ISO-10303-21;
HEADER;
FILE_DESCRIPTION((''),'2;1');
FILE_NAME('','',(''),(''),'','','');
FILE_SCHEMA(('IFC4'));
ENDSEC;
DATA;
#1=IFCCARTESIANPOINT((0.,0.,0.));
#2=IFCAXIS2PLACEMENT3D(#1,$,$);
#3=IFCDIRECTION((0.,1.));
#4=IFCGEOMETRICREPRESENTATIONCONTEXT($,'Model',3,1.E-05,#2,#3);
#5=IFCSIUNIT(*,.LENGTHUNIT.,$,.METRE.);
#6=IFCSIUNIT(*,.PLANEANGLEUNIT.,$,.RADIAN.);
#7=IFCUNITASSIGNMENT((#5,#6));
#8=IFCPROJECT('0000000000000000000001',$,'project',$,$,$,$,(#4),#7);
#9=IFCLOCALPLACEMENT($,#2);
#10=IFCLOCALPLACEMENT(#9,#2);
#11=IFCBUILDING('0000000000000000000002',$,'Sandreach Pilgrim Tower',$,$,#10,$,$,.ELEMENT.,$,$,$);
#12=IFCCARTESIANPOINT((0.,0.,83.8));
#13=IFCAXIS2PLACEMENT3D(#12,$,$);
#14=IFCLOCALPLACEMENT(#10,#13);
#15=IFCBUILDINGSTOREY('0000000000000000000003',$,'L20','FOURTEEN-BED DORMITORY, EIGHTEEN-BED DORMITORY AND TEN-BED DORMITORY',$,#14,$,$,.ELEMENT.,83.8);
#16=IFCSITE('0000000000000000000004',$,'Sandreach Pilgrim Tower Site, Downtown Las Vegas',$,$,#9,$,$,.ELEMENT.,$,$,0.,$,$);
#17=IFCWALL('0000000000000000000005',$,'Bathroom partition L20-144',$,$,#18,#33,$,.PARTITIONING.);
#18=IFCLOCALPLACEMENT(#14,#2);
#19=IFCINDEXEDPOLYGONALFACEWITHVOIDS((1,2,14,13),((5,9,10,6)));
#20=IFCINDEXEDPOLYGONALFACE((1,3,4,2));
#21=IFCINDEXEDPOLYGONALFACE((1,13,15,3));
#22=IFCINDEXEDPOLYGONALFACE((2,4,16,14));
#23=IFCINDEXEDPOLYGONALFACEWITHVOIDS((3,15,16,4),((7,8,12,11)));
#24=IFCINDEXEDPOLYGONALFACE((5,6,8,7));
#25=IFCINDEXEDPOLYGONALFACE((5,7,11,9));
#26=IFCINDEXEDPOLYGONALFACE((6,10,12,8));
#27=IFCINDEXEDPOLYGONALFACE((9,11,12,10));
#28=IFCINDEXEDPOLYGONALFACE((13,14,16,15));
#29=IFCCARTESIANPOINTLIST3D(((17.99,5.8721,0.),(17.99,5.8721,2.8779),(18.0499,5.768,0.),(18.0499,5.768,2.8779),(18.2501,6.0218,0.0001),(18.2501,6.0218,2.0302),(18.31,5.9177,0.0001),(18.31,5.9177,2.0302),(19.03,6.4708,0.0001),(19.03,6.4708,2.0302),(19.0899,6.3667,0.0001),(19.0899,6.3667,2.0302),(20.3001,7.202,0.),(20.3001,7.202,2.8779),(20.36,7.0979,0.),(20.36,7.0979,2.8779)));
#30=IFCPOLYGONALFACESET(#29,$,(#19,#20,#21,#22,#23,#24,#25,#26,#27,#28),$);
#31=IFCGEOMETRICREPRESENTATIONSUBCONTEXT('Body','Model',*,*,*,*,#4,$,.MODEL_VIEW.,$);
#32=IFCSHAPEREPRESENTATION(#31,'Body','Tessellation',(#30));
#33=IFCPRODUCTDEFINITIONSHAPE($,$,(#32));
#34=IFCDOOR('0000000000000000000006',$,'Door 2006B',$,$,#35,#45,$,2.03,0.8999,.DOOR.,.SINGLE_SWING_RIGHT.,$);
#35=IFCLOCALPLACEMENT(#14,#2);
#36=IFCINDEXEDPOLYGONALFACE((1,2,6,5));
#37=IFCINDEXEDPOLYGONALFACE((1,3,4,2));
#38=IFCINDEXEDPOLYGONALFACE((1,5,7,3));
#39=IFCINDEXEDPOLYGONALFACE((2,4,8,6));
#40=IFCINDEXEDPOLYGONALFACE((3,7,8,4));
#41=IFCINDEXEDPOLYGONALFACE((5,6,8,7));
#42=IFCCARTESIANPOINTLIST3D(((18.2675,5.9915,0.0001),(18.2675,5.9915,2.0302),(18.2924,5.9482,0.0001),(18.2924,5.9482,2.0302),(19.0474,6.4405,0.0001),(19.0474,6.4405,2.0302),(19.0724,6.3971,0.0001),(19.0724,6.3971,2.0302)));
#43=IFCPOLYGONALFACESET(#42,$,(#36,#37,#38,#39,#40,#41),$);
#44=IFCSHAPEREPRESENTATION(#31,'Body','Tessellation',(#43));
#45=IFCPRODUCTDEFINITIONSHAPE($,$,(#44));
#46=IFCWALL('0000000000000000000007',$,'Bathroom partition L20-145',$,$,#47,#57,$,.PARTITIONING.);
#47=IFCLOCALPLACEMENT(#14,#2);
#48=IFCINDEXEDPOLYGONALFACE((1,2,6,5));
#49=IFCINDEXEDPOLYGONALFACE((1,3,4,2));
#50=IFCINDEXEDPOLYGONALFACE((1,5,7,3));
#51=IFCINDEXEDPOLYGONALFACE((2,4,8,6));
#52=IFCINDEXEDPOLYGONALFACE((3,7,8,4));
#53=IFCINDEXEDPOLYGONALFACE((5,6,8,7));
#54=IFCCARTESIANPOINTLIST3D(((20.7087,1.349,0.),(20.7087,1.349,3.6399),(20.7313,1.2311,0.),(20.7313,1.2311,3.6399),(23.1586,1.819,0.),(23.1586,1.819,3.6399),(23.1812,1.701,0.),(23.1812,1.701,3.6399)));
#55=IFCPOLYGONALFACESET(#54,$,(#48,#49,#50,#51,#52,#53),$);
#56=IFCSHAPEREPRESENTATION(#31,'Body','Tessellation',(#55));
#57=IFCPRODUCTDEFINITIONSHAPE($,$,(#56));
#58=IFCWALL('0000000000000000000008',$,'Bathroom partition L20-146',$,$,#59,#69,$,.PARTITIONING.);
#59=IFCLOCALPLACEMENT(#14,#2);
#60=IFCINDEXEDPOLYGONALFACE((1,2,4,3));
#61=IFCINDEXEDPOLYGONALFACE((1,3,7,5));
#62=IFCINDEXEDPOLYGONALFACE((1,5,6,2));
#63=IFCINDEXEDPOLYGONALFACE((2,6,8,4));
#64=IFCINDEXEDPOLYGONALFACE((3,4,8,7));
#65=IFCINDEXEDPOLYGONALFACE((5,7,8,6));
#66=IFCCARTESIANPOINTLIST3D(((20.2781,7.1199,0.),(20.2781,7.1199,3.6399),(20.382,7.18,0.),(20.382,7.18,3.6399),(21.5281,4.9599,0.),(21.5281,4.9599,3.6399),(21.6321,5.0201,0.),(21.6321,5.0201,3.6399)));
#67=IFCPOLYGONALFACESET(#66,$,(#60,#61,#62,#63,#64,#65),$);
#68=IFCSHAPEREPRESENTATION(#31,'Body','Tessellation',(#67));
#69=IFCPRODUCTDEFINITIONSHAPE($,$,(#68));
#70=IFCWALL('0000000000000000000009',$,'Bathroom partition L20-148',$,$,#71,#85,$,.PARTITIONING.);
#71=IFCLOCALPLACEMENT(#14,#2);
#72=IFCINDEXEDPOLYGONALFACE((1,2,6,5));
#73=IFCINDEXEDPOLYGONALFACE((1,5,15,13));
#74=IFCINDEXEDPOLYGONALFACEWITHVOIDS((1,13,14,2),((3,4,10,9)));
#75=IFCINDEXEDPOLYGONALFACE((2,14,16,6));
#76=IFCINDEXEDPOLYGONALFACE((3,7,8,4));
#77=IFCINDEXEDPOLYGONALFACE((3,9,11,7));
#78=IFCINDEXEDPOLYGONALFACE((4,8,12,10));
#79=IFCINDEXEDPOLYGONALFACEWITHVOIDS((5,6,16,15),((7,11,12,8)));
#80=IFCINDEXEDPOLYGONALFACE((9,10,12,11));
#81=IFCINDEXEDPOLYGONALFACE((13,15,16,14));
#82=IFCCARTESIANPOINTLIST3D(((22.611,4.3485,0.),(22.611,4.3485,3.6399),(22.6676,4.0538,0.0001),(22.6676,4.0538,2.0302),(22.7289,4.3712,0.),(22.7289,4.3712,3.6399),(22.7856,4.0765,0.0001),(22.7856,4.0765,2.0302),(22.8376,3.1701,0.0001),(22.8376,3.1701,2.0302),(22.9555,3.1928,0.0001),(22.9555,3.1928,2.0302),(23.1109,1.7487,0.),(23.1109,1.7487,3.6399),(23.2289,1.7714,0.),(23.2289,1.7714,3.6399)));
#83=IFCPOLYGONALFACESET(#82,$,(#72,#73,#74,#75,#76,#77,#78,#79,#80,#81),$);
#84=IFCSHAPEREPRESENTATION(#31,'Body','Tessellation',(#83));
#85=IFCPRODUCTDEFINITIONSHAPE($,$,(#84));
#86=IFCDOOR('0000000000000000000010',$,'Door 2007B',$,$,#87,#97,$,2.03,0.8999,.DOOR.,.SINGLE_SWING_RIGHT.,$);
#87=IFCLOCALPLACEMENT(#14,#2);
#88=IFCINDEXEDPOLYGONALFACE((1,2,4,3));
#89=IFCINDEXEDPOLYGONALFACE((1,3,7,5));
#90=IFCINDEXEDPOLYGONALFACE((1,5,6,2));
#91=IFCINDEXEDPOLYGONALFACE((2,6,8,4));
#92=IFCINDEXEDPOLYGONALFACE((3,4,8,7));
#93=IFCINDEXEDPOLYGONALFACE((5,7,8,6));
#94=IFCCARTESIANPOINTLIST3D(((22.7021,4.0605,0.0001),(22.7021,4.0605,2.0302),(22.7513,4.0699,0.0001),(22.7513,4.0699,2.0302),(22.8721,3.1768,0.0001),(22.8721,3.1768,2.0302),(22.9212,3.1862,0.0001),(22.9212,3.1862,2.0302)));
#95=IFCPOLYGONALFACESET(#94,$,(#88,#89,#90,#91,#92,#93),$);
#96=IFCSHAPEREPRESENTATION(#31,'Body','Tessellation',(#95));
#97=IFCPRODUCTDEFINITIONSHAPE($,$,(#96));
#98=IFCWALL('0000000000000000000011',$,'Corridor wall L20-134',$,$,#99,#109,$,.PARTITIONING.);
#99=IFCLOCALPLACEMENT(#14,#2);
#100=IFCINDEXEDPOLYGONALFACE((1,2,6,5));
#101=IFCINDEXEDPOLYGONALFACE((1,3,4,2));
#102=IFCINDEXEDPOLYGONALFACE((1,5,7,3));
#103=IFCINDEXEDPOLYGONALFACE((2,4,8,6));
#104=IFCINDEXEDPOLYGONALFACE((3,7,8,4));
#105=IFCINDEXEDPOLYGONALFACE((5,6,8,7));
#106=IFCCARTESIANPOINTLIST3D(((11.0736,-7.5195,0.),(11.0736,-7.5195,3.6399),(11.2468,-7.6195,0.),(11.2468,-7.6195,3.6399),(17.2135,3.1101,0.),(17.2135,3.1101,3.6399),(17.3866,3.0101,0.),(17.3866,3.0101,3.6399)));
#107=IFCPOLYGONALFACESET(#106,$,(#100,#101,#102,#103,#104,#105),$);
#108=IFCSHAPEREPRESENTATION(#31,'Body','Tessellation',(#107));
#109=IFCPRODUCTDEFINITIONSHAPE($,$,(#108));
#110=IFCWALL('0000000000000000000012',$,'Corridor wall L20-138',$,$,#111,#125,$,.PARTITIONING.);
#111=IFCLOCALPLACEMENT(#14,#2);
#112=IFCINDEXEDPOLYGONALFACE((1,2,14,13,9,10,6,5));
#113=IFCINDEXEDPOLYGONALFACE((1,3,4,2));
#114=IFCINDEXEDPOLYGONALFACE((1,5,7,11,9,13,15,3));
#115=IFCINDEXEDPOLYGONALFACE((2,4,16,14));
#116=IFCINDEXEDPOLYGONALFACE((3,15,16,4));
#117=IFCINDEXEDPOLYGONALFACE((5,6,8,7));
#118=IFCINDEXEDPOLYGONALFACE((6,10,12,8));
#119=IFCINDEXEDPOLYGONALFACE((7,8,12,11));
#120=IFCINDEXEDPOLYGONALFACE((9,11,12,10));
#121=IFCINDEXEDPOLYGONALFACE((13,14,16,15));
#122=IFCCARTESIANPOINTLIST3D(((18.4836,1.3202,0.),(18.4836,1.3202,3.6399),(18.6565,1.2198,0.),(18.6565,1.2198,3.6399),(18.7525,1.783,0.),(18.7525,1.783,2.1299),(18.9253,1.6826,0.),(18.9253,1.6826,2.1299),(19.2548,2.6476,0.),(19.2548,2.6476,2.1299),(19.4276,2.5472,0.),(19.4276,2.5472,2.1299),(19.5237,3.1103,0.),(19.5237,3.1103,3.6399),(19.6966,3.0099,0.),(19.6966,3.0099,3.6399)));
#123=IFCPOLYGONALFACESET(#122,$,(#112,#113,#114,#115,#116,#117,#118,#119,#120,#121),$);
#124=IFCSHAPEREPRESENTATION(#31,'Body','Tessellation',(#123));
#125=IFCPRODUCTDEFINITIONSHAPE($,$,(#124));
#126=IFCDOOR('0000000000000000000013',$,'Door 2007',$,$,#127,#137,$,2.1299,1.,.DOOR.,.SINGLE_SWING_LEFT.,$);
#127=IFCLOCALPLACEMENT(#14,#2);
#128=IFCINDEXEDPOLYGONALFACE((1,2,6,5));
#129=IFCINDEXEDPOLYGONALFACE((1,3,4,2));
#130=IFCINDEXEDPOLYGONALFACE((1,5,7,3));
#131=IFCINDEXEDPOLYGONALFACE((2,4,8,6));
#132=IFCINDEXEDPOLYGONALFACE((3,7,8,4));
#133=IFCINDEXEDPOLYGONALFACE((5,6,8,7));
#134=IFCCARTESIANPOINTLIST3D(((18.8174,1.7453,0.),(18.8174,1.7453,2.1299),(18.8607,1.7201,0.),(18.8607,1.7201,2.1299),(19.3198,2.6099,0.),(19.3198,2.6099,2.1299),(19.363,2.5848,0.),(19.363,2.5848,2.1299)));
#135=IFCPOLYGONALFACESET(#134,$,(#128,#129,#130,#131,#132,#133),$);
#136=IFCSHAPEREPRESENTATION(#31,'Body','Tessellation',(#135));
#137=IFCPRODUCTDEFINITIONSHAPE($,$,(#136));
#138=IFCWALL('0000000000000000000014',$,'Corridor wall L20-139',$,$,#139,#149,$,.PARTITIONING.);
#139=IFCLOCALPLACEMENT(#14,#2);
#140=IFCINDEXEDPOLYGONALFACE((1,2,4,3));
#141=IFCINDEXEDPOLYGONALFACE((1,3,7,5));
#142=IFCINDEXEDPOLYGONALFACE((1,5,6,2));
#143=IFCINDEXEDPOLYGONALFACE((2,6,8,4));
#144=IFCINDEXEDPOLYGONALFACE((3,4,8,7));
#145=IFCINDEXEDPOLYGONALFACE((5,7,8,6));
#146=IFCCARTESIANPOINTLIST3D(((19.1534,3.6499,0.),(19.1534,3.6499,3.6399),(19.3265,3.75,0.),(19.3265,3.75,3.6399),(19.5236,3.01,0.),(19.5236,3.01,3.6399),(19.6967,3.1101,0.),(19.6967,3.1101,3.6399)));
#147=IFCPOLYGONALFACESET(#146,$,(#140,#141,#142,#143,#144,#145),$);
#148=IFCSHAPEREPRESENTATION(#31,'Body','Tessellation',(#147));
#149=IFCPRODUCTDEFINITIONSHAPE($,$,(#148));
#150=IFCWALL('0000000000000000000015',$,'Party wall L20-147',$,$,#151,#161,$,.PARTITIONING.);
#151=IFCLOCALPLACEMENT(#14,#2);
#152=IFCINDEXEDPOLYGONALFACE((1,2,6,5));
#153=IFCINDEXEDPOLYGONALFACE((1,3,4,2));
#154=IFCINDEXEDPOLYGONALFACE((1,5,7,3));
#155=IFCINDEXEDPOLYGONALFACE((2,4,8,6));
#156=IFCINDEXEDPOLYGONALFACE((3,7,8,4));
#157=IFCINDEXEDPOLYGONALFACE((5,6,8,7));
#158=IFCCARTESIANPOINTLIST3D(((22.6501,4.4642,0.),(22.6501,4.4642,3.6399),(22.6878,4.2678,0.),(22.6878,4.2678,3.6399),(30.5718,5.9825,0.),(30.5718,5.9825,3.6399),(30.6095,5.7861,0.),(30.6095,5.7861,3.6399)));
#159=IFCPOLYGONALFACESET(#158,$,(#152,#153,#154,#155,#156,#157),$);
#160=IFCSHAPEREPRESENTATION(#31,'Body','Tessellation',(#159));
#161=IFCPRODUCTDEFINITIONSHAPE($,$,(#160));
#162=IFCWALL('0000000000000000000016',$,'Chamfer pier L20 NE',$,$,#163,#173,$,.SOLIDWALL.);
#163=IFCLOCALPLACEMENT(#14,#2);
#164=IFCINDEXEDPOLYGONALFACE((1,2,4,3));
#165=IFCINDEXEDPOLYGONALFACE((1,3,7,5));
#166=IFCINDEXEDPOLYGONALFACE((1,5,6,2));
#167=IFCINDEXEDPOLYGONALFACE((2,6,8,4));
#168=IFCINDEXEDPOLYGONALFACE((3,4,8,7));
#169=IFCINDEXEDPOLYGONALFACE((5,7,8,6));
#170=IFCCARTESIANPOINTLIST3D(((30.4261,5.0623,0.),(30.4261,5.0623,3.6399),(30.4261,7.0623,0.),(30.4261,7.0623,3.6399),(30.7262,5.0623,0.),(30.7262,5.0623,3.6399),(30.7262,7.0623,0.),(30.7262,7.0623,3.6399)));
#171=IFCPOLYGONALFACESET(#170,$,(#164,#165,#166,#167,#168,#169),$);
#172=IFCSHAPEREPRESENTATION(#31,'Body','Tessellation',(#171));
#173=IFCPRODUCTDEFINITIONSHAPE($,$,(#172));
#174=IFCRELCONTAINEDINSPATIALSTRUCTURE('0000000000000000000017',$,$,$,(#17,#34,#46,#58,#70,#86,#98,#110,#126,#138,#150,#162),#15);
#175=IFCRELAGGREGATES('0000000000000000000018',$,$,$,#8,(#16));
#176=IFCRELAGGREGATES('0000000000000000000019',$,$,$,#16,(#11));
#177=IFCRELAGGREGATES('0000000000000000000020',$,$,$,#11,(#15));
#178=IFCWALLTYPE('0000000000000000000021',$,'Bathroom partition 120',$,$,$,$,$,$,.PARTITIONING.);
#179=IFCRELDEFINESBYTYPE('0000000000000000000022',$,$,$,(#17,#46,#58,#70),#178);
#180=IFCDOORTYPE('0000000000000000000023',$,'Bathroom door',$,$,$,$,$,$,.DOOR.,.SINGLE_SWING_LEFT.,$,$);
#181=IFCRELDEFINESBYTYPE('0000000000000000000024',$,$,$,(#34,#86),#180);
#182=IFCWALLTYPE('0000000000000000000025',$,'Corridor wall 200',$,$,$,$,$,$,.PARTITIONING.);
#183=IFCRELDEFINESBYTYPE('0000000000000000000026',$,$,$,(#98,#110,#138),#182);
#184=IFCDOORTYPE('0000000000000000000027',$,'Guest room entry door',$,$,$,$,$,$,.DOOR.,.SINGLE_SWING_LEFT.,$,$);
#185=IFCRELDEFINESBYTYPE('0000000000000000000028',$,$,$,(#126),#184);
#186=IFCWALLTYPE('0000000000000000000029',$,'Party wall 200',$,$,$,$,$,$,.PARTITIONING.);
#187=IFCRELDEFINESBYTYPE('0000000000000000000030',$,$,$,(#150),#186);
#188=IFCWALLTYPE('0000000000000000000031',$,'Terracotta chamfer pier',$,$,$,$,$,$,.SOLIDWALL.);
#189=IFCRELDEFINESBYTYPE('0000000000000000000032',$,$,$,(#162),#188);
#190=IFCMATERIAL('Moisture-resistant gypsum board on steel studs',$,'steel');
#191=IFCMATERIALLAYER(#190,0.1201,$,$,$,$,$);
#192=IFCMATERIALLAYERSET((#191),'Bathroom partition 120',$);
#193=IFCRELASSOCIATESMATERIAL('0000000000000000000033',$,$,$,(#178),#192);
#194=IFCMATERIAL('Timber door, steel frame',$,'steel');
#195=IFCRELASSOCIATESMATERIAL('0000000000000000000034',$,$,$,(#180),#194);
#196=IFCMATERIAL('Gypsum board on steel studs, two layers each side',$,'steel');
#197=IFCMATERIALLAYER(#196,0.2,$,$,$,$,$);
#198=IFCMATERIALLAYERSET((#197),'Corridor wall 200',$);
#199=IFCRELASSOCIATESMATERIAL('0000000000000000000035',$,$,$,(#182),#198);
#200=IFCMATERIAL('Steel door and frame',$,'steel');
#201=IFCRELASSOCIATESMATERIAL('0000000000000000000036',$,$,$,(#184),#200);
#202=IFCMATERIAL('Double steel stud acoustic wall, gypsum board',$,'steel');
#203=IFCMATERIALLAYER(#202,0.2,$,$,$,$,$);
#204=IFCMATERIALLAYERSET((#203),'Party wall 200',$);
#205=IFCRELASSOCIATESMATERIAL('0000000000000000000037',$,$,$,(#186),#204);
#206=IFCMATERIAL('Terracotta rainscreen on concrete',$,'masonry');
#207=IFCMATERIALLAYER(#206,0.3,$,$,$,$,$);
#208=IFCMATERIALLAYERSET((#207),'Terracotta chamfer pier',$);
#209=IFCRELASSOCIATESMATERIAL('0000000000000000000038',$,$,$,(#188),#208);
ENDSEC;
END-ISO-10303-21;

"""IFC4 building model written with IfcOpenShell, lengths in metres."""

from ifc_helpers import new_model, si_unit, direction, frame, frame_2d, origin, place, context, subcontext, project, spatial, rectangle, extrude, material, layer, layer_set, type_object, element, fill, save


model = new_model("IFC4")

# Units and contexts
model_context = context("Model", 3, precision=1e-05, world=origin(), true_north=direction((0.0, 1.0)))
body_context = subcontext(model_context, "Body", "Model", "MODEL_VIEW")
ifc_project = project(units=[si_unit("LENGTHUNIT", "METRE"), si_unit("PLANEANGLEUNIT", "RADIAN")], contexts=[model_context])

# Site, building, storey
site_placement = place(None, origin())
site = spatial("IfcSite", under=ifc_project, at=site_placement, Name="Sandreach Pilgrim Tower Site, Downtown Las Vegas", CompositionType="ELEMENT", RefElevation=0.0)
building_placement = place(site_placement, origin())
building = spatial("IfcBuilding", under=site, at=building_placement, Name="Sandreach Pilgrim Tower", CompositionType="ELEMENT")
storey_placement = place(building_placement, frame((0.0, 0.0, 83.8)))
storey = spatial("IfcBuildingStorey", under=building, at=storey_placement, Name="L20", Description="FOURTEEN-BED DORMITORY, EIGHTEEN-BED DORMITORY AND TEN-BED DORMITORY", CompositionType="ELEMENT", Elevation=83.8)

# Shared definitions
ifc_material_1 = material(Name="Moisture-resistant gypsum board on steel studs", Category="steel")
ifc_layer_1 = layer(ifc_material_1, 0.1201)
ifc_layer_set_1 = layer_set([ifc_layer_1], Name="Bathroom partition 120")
wall_type_1 = type_object("IfcWallType", Name="Bathroom partition 120", PredefinedType="PARTITIONING", material=ifc_layer_set_1)

# Wall, opening, door
wall_1_placement = place(storey_placement, frame((20.3301, 7.1499, 0.0), z_axis=(0.0, 0.0, 1.0), x_axis=(-0.866655, -0.498908, 0.0)))
wall_1 = element("IfcWall", 1, at=wall_1_placement, inside=storey, type_object=wall_type_1, Name="Bathroom partition L20-144", PredefinedType="PARTITIONING", context=body_context, shape_type="SweptSolid", body=[
    extrude(rectangle(XDim=2.6655, YDim=0.1201, at=frame_2d((1.3328, 0.0))), origin(), (0.0, 0.0, 1.0), 2.8779),
])
opening_1_placement = place(wall_1_placement, frame((1.4656, 0.0, 0.0)))
opening_1 = element("IfcOpeningElement", 2, at=opening_1_placement, cuts=wall_1, PredefinedType="OPENING", context=body_context, shape_type="SweptSolid", body=[
    extrude(rectangle(XDim=0.8999, YDim=2.03, at=frame_2d((0.45, 1.0151))), frame((0.0, 0.0601, 0.0), z_axis=(0.0, -1.0, 0.0), x_axis=(1.0, 0.0, 0.0)), (0.0, 0.0, 1.0), 0.1201),
])
ifc_material_2 = material(Name="Timber door, steel frame", Category="steel")
door_type_1 = type_object("IfcDoorType", Name="Bathroom door", OperationType="SINGLE_SWING_LEFT", PredefinedType="DOOR", material=ifc_material_2)
door_1_placement = place(opening_1_placement, origin())
door_1 = element("IfcDoor", 3, at=door_1_placement, inside=storey, type_object=door_type_1, Name="Door 2006B", OperationType="SINGLE_SWING_RIGHT", OverallHeight=2.03, OverallWidth=0.8999, PredefinedType="DOOR", context=body_context, shape_type="SweptSolid", body=[
    extrude(rectangle(XDim=0.8999, YDim=2.03, at=frame_2d((0.45, 1.0151))), frame((0.0, 0.0249, 0.0), z_axis=(0.0, -1.0, 0.0), x_axis=(1.0, 0.0, 0.0)), (0.0, 0.0, 1.0), 0.05),
])
fill(opening_1, door_1)

# Walls
wall_2_placement = place(storey_placement, frame((20.72, 1.29, 0.0), z_axis=(0.0, 0.0, 1.0), x_axis=(0.982094, 0.188394, 0.0)))
element("IfcWall", 4, at=wall_2_placement, inside=storey, type_object=wall_type_1, Name="Bathroom partition L20-145", PredefinedType="PARTITIONING", context=body_context, shape_type="SweptSolid", body=[
    extrude(rectangle(XDim=2.4946, YDim=0.1201, at=frame_2d((1.2473, 0.0))), origin(), (0.0, 0.0, 1.0), 3.6399),
])
wall_3_placement = place(storey_placement, frame((21.5801, 4.99, 0.0), z_axis=(0.0, 0.0, 1.0), x_axis=(-0.500894, 0.865509, 0.0)))
element("IfcWall", 5, at=wall_3_placement, inside=storey, type_object=wall_type_1, Name="Bathroom partition L20-146", PredefinedType="PARTITIONING", context=body_context, shape_type="SweptSolid", body=[
    extrude(rectangle(XDim=2.4956, YDim=0.1201, at=frame_2d((1.2478, 0.0))), origin(), (0.0, 0.0, 1.0), 3.6399),
])

# Wall, opening, door
wall_4_placement = place(storey_placement, frame((23.1699, 1.76, 0.0), z_axis=(0.0, 0.0, 1.0), x_axis=(-0.188858, 0.982004, 0.0)))
wall_4 = element("IfcWall", 6, at=wall_4_placement, inside=storey, type_object=wall_type_1, Name="Bathroom partition L20-148", PredefinedType="PARTITIONING", context=body_context, shape_type="SweptSolid", body=[
    extrude(rectangle(XDim=2.6475, YDim=0.1201, at=frame_2d((1.3237, 0.0))), origin(), (0.0, 0.0, 1.0), 3.6399),
])
opening_2_placement = place(wall_4_placement, frame((1.4475, 0.0, 0.0)))
opening_2 = element("IfcOpeningElement", 7, at=opening_2_placement, cuts=wall_4, PredefinedType="OPENING", context=body_context, shape_type="SweptSolid", body=[
    extrude(rectangle(XDim=0.8999, YDim=2.03, at=frame_2d((0.45, 1.0151))), frame((0.0, 0.0601, 0.0), z_axis=(0.0, -1.0, 0.0), x_axis=(1.0, 0.0, 0.0)), (0.0, 0.0, 1.0), 0.1201),
])
door_2_placement = place(opening_2_placement, origin())
door_2 = element("IfcDoor", 8, at=door_2_placement, inside=storey, type_object=door_type_1, Name="Door 2007B", OperationType="SINGLE_SWING_RIGHT", OverallHeight=2.03, OverallWidth=0.8999, PredefinedType="DOOR", context=body_context, shape_type="SweptSolid", body=[
    extrude(rectangle(XDim=0.8999, YDim=2.03, at=frame_2d((0.45, 1.0151))), frame((0.0, 0.0249, 0.0), z_axis=(0.0, -1.0, 0.0), x_axis=(1.0, 0.0, 0.0)), (0.0, 0.0, 1.0), 0.05),
])
fill(opening_2, door_2)
ifc_material_3 = material(Name="Gypsum board on steel studs, two layers each side", Category="steel")
ifc_layer_2 = layer(ifc_material_3, 0.2)
ifc_layer_set_2 = layer_set([ifc_layer_2], Name="Corridor wall 200")
wall_type_2 = type_object("IfcWallType", Name="Corridor wall 200", PredefinedType="PARTITIONING", material=ifc_layer_set_2)
ifc_material_4 = material(Name="Steel door and frame", Category="steel")
door_type_2 = type_object("IfcDoorType", Name="Guest room entry door", OperationType="SINGLE_SWING_LEFT", PredefinedType="DOOR", material=ifc_material_4)

# Wall
wall_5_placement = place(storey_placement, frame((17.3, 3.0601, 0.0), z_axis=(0.0, 0.0, 1.0), x_axis=(-0.500175, -0.865924, 0.0)))
element("IfcWall", 9, at=wall_5_placement, inside=storey, type_object=wall_type_2, Name="Corridor wall L20-134", PredefinedType="PARTITIONING", context=body_context, shape_type="SweptSolid", body=[
    extrude(rectangle(XDim=12.2754, YDim=0.2, at=frame_2d((6.1377, 0.0))), origin(), (0.0, 0.0, 1.0), 3.6399),
])

# Wall, opening, door
wall_6_placement = place(storey_placement, frame((18.5701, 1.27, 0.0), z_axis=(0.0, 0.0, 1.0), x_axis=(0.502374, 0.86465, 0.0)))
wall_6 = element("IfcWall", 10, at=wall_6_placement, inside=storey, type_object=wall_type_2, Name="Corridor wall L20-138", PredefinedType="PARTITIONING", context=body_context, shape_type="SweptSolid", body=[
    extrude(rectangle(XDim=2.0703, YDim=0.2, at=frame_2d((1.0352, 0.0))), origin(), (0.0, 0.0, 1.0), 3.6399),
])
opening_3_placement = place(wall_6_placement, frame((0.5352, 0.0, 0.0)))
opening_3 = element("IfcOpeningElement", 11, at=opening_3_placement, cuts=wall_6, PredefinedType="OPENING", context=body_context, shape_type="SweptSolid", body=[
    extrude(rectangle(XDim=1.0, YDim=2.1299, at=frame_2d((0.5, 1.0649))), frame((0.0, 0.1001, 0.0), z_axis=(0.0, -1.0, 0.0), x_axis=(1.0, 0.0, 0.0)), (0.0, 0.0, 1.0), 0.2),
])
door_3_placement = place(opening_3_placement, origin())
door_3 = element("IfcDoor", 12, at=door_3_placement, inside=storey, type_object=door_type_2, Name="Door 2007", OperationType="SINGLE_SWING_LEFT", OverallHeight=2.1299, OverallWidth=1.0, PredefinedType="DOOR", context=body_context, shape_type="SweptSolid", body=[
    extrude(rectangle(XDim=1.0, YDim=2.1299, at=frame_2d((0.5, 1.0649))), frame((0.0, 0.0249, 0.0), z_axis=(0.0, -1.0, 0.0), x_axis=(1.0, 0.0, 0.0)), (0.0, 0.0, 1.0), 0.05),
])
fill(opening_3, door_3)

# Walls
wall_7_placement = place(storey_placement, frame((19.24, 3.7, 0.0), z_axis=(0.0, 0.0, 1.0), x_axis=(0.500685, -0.86563, 0.0)))
element("IfcWall", 13, at=wall_7_placement, inside=storey, type_object=wall_type_2, Name="Corridor wall L20-139", PredefinedType="PARTITIONING", context=body_context, shape_type="SweptSolid", body=[
    extrude(rectangle(XDim=0.7393, YDim=0.2, at=frame_2d((0.3696, 0.0))), origin(), (0.0, 0.0, 1.0), 3.6399),
])
ifc_material_5 = material(Name="Double steel stud acoustic wall, gypsum board", Category="steel")
ifc_layer_3 = layer(ifc_material_5, 0.2)
ifc_layer_set_3 = layer_set([ifc_layer_3], Name="Party wall 200")
wall_type_3 = type_object("IfcWallType", Name="Party wall 200", PredefinedType="PARTITIONING", material=ifc_layer_set_3)
wall_8_placement = place(storey_placement, frame((22.6689, 4.366, 0.0), z_axis=(0.0, 0.0, 1.0), x_axis=(0.982123, 0.18824, 0.0)))
element("IfcWall", 14, at=wall_8_placement, inside=storey, type_object=wall_type_3, Name="Party wall L20-147", PredefinedType="PARTITIONING", context=body_context, shape_type="SweptSolid", body=[
    extrude(rectangle(XDim=8.0659, YDim=0.2, at=frame_2d((4.033, 0.0))), origin(), (0.0, 0.0, 1.0), 3.6399),
])
ifc_material_6 = material(Name="Terracotta rainscreen on concrete", Category="masonry")
ifc_layer_4 = layer(ifc_material_6, 0.3)
ifc_layer_set_4 = layer_set([ifc_layer_4], Name="Terracotta chamfer pier")
wall_type_4 = type_object("IfcWallType", Name="Terracotta chamfer pier", PredefinedType="SOLIDWALL", material=ifc_layer_set_4)
wall_9_placement = place(storey_placement, frame((30.5762, 7.0623, 0.0), z_axis=(0.0, 0.0, 1.0), x_axis=(0.0, -1.0, 0.0)))
element("IfcWall", 15, at=wall_9_placement, inside=storey, type_object=wall_type_4, Name="Chamfer pier L20 NE", PredefinedType="SOLIDWALL", context=body_context, shape_type="SweptSolid", body=[
    extrude(rectangle(XDim=2.0, YDim=0.3, at=frame_2d((1.0, 0.0))), origin(), (0.0, 0.0, 1.0), 3.6399),
])

save(model, "model.ifc")
